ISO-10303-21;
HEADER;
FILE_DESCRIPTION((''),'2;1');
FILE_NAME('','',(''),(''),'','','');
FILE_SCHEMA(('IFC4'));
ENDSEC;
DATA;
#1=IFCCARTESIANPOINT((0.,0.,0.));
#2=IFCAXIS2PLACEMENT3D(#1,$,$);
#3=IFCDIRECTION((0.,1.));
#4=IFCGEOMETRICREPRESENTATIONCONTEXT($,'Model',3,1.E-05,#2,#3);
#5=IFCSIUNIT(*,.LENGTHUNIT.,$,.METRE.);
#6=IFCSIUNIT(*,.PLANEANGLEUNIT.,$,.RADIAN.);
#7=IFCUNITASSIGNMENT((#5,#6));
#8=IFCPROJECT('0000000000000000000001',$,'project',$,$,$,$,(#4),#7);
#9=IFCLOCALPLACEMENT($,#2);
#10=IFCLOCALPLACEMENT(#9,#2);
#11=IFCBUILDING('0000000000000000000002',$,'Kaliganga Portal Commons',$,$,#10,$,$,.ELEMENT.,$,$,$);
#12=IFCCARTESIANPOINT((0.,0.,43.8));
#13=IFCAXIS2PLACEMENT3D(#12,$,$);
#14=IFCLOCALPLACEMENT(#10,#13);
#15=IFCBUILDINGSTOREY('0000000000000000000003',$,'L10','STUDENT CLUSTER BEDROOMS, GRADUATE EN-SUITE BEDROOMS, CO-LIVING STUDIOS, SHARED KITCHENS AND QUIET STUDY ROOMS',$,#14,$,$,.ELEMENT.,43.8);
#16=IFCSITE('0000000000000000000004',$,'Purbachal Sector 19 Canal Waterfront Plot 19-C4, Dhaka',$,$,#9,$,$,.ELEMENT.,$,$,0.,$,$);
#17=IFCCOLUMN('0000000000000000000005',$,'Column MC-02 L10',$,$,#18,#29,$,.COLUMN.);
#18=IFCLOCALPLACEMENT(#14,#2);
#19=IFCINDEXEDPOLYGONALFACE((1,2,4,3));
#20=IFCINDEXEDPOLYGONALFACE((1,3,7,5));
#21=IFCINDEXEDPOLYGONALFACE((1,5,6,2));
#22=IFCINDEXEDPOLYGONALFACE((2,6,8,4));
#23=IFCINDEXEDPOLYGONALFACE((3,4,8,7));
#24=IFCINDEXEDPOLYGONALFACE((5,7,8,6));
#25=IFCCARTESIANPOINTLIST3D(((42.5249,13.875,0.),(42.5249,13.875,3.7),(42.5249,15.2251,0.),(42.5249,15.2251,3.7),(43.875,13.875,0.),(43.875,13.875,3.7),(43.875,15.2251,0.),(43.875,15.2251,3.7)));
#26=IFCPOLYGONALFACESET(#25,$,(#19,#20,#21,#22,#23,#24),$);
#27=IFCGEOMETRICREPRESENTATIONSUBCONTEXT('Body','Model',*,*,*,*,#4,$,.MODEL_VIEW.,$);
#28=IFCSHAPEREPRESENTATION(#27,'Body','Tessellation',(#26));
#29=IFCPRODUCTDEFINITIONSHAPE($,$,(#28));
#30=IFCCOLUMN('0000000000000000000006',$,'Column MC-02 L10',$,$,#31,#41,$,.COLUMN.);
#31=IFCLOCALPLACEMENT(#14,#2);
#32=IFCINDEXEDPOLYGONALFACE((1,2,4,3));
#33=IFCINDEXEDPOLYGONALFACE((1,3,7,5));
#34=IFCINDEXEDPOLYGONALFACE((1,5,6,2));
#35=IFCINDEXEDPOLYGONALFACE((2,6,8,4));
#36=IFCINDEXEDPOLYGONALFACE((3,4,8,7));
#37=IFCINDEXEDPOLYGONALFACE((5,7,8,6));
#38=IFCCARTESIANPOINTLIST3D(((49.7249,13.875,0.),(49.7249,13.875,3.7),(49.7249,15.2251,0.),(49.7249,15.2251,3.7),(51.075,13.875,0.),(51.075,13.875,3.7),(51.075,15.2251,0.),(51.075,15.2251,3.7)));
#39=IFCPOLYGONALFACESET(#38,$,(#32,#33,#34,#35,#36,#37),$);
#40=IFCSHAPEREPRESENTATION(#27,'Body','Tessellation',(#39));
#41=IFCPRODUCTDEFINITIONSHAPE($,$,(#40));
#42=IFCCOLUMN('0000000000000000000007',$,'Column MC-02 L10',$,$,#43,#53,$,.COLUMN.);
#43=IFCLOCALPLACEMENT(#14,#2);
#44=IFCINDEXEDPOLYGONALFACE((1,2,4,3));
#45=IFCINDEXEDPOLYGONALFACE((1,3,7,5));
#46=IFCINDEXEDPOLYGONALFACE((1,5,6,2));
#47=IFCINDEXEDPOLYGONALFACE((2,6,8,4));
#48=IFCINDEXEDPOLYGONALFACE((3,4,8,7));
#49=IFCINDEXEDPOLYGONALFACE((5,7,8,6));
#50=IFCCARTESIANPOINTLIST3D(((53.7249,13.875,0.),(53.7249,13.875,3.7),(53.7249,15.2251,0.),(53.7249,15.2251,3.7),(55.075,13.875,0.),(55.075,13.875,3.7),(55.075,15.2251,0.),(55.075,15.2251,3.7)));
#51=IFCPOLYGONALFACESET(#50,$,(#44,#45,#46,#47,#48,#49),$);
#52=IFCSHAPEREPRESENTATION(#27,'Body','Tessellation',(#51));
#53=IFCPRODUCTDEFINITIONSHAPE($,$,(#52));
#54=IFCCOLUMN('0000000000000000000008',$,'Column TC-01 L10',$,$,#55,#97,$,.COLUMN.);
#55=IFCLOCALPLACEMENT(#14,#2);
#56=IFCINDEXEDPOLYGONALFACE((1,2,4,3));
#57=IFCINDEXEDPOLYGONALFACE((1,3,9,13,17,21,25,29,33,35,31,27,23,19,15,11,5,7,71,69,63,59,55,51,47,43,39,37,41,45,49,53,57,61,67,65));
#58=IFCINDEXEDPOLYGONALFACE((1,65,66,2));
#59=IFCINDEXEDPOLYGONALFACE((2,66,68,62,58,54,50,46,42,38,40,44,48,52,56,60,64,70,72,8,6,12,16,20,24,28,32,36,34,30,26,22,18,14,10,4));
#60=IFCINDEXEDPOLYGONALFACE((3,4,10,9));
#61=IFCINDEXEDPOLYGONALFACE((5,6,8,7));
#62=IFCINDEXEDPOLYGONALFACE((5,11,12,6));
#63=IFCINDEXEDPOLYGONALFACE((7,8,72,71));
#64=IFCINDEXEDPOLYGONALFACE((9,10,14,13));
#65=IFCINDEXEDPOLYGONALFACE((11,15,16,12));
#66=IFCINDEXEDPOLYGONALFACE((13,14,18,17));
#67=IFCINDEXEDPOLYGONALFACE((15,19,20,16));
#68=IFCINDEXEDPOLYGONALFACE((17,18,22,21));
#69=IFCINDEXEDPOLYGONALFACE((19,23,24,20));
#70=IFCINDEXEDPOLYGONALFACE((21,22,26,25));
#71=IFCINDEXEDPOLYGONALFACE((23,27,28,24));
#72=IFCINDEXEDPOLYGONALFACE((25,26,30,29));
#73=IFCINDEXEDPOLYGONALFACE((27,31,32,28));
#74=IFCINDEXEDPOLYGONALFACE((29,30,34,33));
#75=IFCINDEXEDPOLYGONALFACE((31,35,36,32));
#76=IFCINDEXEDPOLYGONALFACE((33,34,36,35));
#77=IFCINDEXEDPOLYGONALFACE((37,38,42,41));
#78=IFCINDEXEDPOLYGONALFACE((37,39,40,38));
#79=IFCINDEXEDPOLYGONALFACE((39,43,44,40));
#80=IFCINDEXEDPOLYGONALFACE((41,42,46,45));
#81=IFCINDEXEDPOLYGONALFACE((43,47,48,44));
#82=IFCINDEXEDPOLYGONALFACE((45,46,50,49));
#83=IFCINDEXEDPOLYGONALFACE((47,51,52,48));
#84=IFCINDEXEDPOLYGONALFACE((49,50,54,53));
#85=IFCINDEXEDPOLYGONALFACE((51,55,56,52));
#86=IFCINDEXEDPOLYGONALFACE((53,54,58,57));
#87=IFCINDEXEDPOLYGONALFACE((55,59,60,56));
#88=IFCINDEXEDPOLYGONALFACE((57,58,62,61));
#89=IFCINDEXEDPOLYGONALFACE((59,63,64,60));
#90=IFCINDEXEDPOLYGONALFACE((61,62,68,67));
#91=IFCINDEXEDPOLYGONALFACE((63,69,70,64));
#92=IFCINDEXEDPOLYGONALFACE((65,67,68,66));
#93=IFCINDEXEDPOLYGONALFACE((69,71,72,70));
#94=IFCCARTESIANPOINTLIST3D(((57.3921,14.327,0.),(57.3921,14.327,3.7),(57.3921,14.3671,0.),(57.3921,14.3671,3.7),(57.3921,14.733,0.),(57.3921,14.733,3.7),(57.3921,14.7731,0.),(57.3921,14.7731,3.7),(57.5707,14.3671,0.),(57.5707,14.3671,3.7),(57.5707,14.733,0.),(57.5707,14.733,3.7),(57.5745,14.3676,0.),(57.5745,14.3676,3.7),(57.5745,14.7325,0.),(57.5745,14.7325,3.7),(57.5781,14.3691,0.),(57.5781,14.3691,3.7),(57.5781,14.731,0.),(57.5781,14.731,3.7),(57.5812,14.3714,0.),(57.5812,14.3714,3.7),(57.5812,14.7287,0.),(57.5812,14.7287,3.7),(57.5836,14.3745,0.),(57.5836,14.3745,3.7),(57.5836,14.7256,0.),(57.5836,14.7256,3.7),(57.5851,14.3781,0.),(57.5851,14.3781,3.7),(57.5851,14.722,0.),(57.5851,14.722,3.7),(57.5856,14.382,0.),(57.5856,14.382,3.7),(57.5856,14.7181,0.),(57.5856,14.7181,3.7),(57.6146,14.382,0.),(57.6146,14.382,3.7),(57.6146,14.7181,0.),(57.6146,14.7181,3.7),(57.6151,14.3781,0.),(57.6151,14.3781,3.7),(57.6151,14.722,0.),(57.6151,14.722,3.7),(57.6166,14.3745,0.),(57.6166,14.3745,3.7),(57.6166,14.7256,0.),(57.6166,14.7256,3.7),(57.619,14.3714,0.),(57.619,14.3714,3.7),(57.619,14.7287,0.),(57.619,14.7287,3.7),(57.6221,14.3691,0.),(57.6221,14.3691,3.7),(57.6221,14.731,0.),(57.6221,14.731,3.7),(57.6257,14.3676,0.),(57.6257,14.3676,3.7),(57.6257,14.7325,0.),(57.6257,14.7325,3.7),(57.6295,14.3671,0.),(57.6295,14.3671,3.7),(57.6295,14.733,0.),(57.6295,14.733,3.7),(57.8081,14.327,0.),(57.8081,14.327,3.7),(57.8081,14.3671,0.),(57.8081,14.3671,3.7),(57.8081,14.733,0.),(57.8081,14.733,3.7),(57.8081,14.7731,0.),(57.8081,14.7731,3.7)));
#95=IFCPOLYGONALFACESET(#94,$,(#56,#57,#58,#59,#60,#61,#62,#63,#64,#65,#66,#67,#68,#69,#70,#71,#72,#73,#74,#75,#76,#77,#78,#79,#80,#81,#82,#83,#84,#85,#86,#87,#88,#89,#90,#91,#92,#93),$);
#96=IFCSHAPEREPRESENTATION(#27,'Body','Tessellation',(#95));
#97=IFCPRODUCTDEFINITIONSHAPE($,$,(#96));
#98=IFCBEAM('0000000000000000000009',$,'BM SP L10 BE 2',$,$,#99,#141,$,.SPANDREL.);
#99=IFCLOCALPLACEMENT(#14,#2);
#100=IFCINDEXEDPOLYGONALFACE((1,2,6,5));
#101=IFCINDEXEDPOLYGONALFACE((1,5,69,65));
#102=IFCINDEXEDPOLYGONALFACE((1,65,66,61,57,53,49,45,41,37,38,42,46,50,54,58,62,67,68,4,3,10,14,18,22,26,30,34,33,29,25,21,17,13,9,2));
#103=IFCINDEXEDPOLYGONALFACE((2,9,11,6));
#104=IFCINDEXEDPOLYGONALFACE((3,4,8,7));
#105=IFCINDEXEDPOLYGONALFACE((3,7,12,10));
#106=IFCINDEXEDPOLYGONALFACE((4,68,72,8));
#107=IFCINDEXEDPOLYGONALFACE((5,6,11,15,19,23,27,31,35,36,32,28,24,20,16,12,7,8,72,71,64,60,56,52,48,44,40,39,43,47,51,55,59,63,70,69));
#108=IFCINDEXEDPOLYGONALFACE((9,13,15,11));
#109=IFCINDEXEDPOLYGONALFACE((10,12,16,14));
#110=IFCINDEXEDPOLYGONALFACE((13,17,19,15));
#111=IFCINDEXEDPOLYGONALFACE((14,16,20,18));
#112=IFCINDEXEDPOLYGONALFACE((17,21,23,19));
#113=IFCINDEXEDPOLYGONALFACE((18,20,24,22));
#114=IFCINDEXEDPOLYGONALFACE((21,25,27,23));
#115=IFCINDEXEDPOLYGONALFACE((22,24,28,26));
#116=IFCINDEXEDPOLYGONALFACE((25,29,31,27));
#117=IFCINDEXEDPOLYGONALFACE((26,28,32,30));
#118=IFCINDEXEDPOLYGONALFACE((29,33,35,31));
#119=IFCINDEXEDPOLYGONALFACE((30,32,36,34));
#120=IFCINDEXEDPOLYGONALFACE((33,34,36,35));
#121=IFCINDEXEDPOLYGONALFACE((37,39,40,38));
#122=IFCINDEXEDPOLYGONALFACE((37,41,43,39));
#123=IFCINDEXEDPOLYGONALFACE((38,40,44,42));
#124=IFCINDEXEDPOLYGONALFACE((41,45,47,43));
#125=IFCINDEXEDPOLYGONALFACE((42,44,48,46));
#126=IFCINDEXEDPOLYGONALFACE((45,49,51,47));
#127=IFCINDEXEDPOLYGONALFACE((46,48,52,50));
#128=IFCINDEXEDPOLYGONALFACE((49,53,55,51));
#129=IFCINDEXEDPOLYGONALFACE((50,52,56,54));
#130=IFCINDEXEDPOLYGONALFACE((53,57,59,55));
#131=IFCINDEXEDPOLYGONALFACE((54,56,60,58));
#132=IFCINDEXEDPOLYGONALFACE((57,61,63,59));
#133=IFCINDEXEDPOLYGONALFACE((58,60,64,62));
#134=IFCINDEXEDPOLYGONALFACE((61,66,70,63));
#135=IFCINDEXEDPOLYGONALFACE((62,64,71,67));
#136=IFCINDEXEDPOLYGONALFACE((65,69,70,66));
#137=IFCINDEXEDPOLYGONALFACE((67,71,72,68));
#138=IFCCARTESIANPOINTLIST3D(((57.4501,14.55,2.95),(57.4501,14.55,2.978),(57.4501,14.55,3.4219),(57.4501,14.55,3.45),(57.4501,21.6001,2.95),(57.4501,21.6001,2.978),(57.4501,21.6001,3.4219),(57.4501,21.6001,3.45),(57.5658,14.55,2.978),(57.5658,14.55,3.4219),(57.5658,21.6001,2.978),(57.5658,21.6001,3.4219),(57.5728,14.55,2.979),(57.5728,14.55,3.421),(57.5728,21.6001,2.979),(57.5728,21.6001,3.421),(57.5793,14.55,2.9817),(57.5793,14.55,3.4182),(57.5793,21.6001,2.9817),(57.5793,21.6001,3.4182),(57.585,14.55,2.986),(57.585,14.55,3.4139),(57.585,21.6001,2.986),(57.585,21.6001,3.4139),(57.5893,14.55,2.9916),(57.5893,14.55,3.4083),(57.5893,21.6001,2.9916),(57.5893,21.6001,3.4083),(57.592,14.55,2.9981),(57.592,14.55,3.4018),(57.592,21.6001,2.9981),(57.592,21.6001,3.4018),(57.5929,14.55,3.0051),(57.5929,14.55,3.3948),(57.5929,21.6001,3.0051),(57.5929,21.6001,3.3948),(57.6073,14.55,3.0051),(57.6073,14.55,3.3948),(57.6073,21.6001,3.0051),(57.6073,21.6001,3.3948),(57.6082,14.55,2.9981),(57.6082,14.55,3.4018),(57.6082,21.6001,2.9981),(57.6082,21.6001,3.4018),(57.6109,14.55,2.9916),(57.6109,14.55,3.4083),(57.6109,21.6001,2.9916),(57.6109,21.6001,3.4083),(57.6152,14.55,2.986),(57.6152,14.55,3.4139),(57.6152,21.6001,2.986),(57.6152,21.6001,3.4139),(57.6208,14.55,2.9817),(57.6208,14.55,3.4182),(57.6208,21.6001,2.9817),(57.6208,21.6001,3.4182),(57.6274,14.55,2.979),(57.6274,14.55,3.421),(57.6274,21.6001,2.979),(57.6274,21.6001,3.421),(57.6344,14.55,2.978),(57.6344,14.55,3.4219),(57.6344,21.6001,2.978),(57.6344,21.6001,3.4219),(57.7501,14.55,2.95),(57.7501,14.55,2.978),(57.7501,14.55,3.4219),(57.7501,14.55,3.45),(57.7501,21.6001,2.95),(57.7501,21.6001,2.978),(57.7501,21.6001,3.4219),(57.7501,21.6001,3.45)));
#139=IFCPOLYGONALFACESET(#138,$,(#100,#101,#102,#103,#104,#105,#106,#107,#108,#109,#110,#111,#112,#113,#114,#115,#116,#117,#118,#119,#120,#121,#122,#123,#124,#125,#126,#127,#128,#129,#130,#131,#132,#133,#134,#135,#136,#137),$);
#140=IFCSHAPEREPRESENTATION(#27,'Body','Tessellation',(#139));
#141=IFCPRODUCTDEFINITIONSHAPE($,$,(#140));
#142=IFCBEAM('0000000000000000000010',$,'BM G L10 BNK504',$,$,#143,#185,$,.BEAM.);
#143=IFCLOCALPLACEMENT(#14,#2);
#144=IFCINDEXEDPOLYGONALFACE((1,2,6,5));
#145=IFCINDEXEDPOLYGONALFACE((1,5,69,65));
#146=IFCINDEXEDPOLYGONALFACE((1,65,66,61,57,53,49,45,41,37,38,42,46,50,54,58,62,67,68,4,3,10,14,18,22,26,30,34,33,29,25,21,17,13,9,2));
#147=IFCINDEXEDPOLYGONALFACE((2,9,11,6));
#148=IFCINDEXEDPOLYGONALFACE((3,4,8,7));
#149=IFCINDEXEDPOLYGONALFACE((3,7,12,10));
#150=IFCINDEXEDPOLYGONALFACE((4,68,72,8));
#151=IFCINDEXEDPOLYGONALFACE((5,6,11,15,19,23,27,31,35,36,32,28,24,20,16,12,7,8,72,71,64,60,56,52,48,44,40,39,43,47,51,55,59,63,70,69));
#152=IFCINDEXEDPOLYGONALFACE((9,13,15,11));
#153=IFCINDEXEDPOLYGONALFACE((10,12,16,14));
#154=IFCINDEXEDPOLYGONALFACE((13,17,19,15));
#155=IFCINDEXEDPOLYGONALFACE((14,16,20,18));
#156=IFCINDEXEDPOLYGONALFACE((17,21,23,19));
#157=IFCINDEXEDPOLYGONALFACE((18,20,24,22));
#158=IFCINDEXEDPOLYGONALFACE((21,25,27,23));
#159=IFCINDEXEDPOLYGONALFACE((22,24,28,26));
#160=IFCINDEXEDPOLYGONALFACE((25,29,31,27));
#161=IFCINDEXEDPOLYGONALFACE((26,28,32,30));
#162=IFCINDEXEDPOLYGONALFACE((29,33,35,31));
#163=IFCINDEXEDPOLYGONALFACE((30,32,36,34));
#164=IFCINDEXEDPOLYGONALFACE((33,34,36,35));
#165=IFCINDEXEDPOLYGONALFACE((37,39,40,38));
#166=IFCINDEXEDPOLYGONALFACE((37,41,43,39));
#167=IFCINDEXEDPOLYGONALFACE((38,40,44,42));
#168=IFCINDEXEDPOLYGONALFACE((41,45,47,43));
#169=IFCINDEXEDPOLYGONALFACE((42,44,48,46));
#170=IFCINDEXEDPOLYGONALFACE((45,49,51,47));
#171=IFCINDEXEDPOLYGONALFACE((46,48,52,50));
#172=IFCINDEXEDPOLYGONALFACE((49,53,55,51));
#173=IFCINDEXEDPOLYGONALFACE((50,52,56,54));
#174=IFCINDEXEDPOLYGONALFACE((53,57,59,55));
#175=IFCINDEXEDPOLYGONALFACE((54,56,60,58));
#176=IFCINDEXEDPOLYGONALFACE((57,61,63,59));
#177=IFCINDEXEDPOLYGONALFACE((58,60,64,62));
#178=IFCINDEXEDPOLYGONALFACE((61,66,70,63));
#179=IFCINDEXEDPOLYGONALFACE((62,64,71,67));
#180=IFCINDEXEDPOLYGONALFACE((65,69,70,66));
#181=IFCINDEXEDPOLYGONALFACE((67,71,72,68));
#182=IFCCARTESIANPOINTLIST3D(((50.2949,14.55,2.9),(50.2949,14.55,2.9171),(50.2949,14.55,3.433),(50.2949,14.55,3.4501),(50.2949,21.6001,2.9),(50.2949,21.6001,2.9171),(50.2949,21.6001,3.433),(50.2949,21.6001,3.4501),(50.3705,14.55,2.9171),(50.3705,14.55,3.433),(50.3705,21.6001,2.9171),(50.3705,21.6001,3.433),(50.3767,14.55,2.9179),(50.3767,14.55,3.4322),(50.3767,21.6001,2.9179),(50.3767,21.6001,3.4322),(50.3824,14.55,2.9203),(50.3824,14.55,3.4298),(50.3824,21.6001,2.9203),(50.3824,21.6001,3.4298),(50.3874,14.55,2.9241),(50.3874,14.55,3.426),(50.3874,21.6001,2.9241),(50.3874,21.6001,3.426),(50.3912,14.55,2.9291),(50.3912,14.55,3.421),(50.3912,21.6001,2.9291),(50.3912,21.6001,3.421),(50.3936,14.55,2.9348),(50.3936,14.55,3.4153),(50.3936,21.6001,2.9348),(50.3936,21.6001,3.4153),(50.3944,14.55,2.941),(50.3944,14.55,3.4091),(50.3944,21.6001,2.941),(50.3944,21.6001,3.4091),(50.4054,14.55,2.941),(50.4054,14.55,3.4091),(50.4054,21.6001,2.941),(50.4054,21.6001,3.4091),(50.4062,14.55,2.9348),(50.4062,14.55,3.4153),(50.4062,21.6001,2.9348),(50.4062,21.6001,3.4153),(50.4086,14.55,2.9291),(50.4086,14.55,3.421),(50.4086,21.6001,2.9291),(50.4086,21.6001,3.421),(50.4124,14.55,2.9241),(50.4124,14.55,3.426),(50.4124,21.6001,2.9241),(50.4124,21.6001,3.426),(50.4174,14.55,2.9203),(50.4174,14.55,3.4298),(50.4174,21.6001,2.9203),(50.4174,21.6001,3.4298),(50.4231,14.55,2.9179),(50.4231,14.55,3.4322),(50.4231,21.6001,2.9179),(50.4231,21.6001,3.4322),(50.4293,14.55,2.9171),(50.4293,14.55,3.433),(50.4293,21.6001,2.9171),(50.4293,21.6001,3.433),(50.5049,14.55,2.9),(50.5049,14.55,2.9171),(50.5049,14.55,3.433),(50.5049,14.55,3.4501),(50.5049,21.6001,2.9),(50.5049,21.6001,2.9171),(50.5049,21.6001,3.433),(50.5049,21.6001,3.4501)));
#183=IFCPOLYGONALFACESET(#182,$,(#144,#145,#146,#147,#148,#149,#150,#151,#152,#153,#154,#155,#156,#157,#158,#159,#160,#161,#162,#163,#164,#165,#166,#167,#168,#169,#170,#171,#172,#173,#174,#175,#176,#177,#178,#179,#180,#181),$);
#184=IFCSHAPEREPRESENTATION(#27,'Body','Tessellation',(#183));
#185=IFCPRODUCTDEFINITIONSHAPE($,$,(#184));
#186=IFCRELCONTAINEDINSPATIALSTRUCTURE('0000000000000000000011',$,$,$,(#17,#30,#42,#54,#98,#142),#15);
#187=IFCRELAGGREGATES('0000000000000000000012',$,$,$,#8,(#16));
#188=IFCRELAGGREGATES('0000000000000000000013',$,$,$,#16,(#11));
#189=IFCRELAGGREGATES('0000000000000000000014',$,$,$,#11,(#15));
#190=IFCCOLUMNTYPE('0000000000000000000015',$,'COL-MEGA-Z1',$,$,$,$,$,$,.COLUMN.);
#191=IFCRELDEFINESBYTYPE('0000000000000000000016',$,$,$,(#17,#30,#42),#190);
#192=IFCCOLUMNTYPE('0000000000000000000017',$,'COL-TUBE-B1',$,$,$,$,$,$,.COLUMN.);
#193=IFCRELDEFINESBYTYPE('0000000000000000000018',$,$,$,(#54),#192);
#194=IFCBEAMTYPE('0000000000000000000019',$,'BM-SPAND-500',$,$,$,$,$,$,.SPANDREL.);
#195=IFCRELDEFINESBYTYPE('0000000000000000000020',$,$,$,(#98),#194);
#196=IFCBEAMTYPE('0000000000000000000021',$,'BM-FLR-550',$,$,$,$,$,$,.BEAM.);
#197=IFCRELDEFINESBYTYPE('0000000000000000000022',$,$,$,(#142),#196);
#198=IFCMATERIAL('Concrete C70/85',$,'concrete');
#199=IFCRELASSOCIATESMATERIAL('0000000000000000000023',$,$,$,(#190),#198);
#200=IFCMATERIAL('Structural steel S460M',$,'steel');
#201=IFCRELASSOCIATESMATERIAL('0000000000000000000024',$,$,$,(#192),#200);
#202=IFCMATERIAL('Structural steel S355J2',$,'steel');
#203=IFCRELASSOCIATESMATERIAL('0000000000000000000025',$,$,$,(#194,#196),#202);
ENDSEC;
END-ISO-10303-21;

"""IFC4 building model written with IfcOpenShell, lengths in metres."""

from ifc_helpers import new_model, si_unit, direction, frame, origin, origin_2d, place, context, subcontext, project, spatial, rectangle, i_section, extrude, source, transform, mapped, material, material_profile, profile_set, type_object, element, save


model = new_model("IFC4")

# Units and contexts
model_context = context("Model", 3, precision=1e-05, world=origin(), true_north=direction((0.0, 1.0)))
body_context = subcontext(model_context, "Body", "Model", "MODEL_VIEW")
ifc_project = project(units=[si_unit("LENGTHUNIT", "METRE"), si_unit("PLANEANGLEUNIT", "RADIAN")], contexts=[model_context])

# Site, building, storey
site_placement = place(None, origin())
site = spatial("IfcSite", under=ifc_project, at=site_placement, Name="Purbachal Sector 19 Canal Waterfront Plot 19-C4, Dhaka", CompositionType="ELEMENT", RefElevation=0.0)
building_placement = place(site_placement, origin())
building = spatial("IfcBuilding", under=site, at=building_placement, Name="Kaliganga Portal Commons", CompositionType="ELEMENT")
storey_placement = place(building_placement, frame((0.0, 0.0, 43.8)))
storey = spatial("IfcBuildingStorey", under=building, at=storey_placement, Name="L10", Description="STUDENT CLUSTER BEDROOMS, GRADUATE EN-SUITE BEDROOMS, CO-LIVING STUDIOS, SHARED KITCHENS AND QUIET STUDY ROOMS", CompositionType="ELEMENT", Elevation=43.8)

# Columns
ifc_material_1 = material(Name="Concrete C70/85", Category="concrete")
ifc_material_profile_1 = material_profile(ifc_material_1, rectangle(XDim=1.3501, YDim=1.3501, at=origin_2d()), Name="RC 1350x1350")
ifc_profile_set_1 = profile_set([ifc_material_profile_1], Name="Concrete C70/85")
column_type_1 = type_object("IfcColumnType", Name="COL-MEGA-Z1", PredefinedType="COLUMN", material=ifc_profile_set_1)
shared_shape_1 = source(origin(), body_context, "Body", "SweptSolid", [
    extrude(rectangle(XDim=1.3501, YDim=1.3501, at=origin_2d()), origin(), (0.0, 0.0, 1.0), 3.7),
])
for number, where, z_axis, x_axis, name in (
    (1, (43.2, 14.55, 0.0), (0.0, 0.0, 1.0), (1.0, 0.0, 0.0), "Column MC-02 L10"),
    (2, (50.3999, 14.55, 0.0), (0.0, 0.0, 1.0), (1.0, 0.0, 0.0), "Column MC-02 L10"),
    (3, (54.3999, 14.55, 0.0), (0.0, 0.0, 1.0), (1.0, 0.0, 0.0), "Column MC-02 L10"),
):
    element("IfcColumn", number, at=place(storey_placement, frame(where, z_axis=z_axis, x_axis=x_axis)), inside=storey, type_object=column_type_1, Name=name, PredefinedType="COLUMN", context=body_context, shape_type="MappedRepresentation", body=[
        mapped(shared_shape_1, transform((0.0, 0.0, 0.0), x_axis=(1.0, 0.0, 0.0), y_axis=(0.0, 1.0, 0.0), z_axis=(0.0, 0.0, 1.0), scale=1.0)),
    ])
ifc_material_2 = material(Name="Structural steel S460M", Category="steel")
ifc_material_profile_2 = material_profile(ifc_material_2, i_section(OverallWidth=0.416, OverallDepth=0.446, WebThickness=0.0291, FlangeThickness=0.04, FilletRadius=0.0149, at=origin_2d()), Name="HD 400x509")
ifc_profile_set_2 = profile_set([ifc_material_profile_2], Name="Structural steel S460M wide-flange")
column_type_2 = type_object("IfcColumnType", Name="COL-TUBE-B1", PredefinedType="COLUMN", material=ifc_profile_set_2)
shared_shape_2 = source(origin(), body_context, "Body", "SweptSolid", [
    extrude(i_section(OverallWidth=0.416, OverallDepth=0.446, WebThickness=0.0291, FlangeThickness=0.04, FilletRadius=0.0149, at=origin_2d()), origin(), (0.0, 0.0, 1.0), 3.7),
])
column_placement = place(storey_placement, frame((57.6001, 14.55, 0.0), z_axis=(0.0, 0.0, 1.0), x_axis=(1.0, 0.0, 0.0)))
element("IfcColumn", 4, at=column_placement, inside=storey, type_object=column_type_2, Name="Column TC-01 L10", PredefinedType="COLUMN", context=body_context, shape_type="MappedRepresentation", body=[
    mapped(shared_shape_2, transform((0.0, 0.0, 0.0), x_axis=(1.0, 0.0, 0.0), y_axis=(0.0, 1.0, 0.0), z_axis=(0.0, 0.0, 1.0), scale=1.0)),
])

# Beams
ifc_material_3 = material(Name="Structural steel S355J2", Category="steel")
ifc_material_profile_3 = material_profile(ifc_material_3, i_section(OverallWidth=0.3, OverallDepth=0.5, WebThickness=0.0144, FlangeThickness=0.0281, FilletRadius=0.0271, at=origin_2d()), Name="HE 500 B")
ifc_profile_set_3 = profile_set([ifc_material_profile_3], Name="Structural steel S355J2 wide-flange")
beam_type_1 = type_object("IfcBeamType", Name="BM-SPAND-500", PredefinedType="SPANDREL", material=ifc_profile_set_3)
shared_shape_3 = source(origin(), body_context, "Body", "SweptSolid", [
    extrude(i_section(OverallWidth=0.3, OverallDepth=0.5, WebThickness=0.0144, FlangeThickness=0.0281, FilletRadius=0.0271, at=origin_2d()), origin(), (0.0, 0.0, 1.0), 7.05),
])
beam_1_placement = place(storey_placement, frame((57.6001, 14.55, 3.2), z_axis=(0.0, 1.0, 0.0), x_axis=(-1.0, 0.0, 0.0)))
element("IfcBeam", 5, at=beam_1_placement, inside=storey, type_object=beam_type_1, Name="BM SP L10 BE 2", PredefinedType="SPANDREL", context=body_context, shape_type="MappedRepresentation", body=[
    mapped(shared_shape_3, transform((0.0, 0.0, 0.0), x_axis=(1.0, 0.0, 0.0), y_axis=(0.0, 1.0, 0.0), z_axis=(0.0, 0.0, 1.0), scale=1.0)),
])
ifc_material_profile_4 = material_profile(ifc_material_3, i_section(OverallWidth=0.21, OverallDepth=0.55, WebThickness=0.011, FlangeThickness=0.0171, FilletRadius=0.0239, at=origin_2d()), Name="IPE 550")
ifc_profile_set_4 = profile_set([ifc_material_profile_4], Name="Structural steel S355J2 wide-flange")
beam_type_2 = type_object("IfcBeamType", Name="BM-FLR-550", PredefinedType="BEAM", material=ifc_profile_set_4)
shared_shape_4 = source(origin(), body_context, "Body", "SweptSolid", [
    extrude(i_section(OverallWidth=0.21, OverallDepth=0.55, WebThickness=0.011, FlangeThickness=0.0171, FilletRadius=0.0239, at=origin_2d()), origin(), (0.0, 0.0, 1.0), 7.05),
])
for number, where, z_axis, x_axis, name in (
    (6, (50.3999, 14.55, 3.175), (0.0, 1.0, 0.0), (-1.0, 0.0, 0.0), "BM G L10 BNK504"),
):
    element("IfcBeam", number, at=place(storey_placement, frame(where, z_axis=z_axis, x_axis=x_axis)), inside=storey, type_object=beam_type_2, Name=name, PredefinedType="BEAM", context=body_context, shape_type="MappedRepresentation", body=[
        mapped(shared_shape_4, transform((0.0, 0.0, 0.0), x_axis=(1.0, 0.0, 0.0), y_axis=(0.0, 1.0, 0.0), z_axis=(0.0, 0.0, 1.0), scale=1.0)),
    ])

save(model, "model.ifc")
